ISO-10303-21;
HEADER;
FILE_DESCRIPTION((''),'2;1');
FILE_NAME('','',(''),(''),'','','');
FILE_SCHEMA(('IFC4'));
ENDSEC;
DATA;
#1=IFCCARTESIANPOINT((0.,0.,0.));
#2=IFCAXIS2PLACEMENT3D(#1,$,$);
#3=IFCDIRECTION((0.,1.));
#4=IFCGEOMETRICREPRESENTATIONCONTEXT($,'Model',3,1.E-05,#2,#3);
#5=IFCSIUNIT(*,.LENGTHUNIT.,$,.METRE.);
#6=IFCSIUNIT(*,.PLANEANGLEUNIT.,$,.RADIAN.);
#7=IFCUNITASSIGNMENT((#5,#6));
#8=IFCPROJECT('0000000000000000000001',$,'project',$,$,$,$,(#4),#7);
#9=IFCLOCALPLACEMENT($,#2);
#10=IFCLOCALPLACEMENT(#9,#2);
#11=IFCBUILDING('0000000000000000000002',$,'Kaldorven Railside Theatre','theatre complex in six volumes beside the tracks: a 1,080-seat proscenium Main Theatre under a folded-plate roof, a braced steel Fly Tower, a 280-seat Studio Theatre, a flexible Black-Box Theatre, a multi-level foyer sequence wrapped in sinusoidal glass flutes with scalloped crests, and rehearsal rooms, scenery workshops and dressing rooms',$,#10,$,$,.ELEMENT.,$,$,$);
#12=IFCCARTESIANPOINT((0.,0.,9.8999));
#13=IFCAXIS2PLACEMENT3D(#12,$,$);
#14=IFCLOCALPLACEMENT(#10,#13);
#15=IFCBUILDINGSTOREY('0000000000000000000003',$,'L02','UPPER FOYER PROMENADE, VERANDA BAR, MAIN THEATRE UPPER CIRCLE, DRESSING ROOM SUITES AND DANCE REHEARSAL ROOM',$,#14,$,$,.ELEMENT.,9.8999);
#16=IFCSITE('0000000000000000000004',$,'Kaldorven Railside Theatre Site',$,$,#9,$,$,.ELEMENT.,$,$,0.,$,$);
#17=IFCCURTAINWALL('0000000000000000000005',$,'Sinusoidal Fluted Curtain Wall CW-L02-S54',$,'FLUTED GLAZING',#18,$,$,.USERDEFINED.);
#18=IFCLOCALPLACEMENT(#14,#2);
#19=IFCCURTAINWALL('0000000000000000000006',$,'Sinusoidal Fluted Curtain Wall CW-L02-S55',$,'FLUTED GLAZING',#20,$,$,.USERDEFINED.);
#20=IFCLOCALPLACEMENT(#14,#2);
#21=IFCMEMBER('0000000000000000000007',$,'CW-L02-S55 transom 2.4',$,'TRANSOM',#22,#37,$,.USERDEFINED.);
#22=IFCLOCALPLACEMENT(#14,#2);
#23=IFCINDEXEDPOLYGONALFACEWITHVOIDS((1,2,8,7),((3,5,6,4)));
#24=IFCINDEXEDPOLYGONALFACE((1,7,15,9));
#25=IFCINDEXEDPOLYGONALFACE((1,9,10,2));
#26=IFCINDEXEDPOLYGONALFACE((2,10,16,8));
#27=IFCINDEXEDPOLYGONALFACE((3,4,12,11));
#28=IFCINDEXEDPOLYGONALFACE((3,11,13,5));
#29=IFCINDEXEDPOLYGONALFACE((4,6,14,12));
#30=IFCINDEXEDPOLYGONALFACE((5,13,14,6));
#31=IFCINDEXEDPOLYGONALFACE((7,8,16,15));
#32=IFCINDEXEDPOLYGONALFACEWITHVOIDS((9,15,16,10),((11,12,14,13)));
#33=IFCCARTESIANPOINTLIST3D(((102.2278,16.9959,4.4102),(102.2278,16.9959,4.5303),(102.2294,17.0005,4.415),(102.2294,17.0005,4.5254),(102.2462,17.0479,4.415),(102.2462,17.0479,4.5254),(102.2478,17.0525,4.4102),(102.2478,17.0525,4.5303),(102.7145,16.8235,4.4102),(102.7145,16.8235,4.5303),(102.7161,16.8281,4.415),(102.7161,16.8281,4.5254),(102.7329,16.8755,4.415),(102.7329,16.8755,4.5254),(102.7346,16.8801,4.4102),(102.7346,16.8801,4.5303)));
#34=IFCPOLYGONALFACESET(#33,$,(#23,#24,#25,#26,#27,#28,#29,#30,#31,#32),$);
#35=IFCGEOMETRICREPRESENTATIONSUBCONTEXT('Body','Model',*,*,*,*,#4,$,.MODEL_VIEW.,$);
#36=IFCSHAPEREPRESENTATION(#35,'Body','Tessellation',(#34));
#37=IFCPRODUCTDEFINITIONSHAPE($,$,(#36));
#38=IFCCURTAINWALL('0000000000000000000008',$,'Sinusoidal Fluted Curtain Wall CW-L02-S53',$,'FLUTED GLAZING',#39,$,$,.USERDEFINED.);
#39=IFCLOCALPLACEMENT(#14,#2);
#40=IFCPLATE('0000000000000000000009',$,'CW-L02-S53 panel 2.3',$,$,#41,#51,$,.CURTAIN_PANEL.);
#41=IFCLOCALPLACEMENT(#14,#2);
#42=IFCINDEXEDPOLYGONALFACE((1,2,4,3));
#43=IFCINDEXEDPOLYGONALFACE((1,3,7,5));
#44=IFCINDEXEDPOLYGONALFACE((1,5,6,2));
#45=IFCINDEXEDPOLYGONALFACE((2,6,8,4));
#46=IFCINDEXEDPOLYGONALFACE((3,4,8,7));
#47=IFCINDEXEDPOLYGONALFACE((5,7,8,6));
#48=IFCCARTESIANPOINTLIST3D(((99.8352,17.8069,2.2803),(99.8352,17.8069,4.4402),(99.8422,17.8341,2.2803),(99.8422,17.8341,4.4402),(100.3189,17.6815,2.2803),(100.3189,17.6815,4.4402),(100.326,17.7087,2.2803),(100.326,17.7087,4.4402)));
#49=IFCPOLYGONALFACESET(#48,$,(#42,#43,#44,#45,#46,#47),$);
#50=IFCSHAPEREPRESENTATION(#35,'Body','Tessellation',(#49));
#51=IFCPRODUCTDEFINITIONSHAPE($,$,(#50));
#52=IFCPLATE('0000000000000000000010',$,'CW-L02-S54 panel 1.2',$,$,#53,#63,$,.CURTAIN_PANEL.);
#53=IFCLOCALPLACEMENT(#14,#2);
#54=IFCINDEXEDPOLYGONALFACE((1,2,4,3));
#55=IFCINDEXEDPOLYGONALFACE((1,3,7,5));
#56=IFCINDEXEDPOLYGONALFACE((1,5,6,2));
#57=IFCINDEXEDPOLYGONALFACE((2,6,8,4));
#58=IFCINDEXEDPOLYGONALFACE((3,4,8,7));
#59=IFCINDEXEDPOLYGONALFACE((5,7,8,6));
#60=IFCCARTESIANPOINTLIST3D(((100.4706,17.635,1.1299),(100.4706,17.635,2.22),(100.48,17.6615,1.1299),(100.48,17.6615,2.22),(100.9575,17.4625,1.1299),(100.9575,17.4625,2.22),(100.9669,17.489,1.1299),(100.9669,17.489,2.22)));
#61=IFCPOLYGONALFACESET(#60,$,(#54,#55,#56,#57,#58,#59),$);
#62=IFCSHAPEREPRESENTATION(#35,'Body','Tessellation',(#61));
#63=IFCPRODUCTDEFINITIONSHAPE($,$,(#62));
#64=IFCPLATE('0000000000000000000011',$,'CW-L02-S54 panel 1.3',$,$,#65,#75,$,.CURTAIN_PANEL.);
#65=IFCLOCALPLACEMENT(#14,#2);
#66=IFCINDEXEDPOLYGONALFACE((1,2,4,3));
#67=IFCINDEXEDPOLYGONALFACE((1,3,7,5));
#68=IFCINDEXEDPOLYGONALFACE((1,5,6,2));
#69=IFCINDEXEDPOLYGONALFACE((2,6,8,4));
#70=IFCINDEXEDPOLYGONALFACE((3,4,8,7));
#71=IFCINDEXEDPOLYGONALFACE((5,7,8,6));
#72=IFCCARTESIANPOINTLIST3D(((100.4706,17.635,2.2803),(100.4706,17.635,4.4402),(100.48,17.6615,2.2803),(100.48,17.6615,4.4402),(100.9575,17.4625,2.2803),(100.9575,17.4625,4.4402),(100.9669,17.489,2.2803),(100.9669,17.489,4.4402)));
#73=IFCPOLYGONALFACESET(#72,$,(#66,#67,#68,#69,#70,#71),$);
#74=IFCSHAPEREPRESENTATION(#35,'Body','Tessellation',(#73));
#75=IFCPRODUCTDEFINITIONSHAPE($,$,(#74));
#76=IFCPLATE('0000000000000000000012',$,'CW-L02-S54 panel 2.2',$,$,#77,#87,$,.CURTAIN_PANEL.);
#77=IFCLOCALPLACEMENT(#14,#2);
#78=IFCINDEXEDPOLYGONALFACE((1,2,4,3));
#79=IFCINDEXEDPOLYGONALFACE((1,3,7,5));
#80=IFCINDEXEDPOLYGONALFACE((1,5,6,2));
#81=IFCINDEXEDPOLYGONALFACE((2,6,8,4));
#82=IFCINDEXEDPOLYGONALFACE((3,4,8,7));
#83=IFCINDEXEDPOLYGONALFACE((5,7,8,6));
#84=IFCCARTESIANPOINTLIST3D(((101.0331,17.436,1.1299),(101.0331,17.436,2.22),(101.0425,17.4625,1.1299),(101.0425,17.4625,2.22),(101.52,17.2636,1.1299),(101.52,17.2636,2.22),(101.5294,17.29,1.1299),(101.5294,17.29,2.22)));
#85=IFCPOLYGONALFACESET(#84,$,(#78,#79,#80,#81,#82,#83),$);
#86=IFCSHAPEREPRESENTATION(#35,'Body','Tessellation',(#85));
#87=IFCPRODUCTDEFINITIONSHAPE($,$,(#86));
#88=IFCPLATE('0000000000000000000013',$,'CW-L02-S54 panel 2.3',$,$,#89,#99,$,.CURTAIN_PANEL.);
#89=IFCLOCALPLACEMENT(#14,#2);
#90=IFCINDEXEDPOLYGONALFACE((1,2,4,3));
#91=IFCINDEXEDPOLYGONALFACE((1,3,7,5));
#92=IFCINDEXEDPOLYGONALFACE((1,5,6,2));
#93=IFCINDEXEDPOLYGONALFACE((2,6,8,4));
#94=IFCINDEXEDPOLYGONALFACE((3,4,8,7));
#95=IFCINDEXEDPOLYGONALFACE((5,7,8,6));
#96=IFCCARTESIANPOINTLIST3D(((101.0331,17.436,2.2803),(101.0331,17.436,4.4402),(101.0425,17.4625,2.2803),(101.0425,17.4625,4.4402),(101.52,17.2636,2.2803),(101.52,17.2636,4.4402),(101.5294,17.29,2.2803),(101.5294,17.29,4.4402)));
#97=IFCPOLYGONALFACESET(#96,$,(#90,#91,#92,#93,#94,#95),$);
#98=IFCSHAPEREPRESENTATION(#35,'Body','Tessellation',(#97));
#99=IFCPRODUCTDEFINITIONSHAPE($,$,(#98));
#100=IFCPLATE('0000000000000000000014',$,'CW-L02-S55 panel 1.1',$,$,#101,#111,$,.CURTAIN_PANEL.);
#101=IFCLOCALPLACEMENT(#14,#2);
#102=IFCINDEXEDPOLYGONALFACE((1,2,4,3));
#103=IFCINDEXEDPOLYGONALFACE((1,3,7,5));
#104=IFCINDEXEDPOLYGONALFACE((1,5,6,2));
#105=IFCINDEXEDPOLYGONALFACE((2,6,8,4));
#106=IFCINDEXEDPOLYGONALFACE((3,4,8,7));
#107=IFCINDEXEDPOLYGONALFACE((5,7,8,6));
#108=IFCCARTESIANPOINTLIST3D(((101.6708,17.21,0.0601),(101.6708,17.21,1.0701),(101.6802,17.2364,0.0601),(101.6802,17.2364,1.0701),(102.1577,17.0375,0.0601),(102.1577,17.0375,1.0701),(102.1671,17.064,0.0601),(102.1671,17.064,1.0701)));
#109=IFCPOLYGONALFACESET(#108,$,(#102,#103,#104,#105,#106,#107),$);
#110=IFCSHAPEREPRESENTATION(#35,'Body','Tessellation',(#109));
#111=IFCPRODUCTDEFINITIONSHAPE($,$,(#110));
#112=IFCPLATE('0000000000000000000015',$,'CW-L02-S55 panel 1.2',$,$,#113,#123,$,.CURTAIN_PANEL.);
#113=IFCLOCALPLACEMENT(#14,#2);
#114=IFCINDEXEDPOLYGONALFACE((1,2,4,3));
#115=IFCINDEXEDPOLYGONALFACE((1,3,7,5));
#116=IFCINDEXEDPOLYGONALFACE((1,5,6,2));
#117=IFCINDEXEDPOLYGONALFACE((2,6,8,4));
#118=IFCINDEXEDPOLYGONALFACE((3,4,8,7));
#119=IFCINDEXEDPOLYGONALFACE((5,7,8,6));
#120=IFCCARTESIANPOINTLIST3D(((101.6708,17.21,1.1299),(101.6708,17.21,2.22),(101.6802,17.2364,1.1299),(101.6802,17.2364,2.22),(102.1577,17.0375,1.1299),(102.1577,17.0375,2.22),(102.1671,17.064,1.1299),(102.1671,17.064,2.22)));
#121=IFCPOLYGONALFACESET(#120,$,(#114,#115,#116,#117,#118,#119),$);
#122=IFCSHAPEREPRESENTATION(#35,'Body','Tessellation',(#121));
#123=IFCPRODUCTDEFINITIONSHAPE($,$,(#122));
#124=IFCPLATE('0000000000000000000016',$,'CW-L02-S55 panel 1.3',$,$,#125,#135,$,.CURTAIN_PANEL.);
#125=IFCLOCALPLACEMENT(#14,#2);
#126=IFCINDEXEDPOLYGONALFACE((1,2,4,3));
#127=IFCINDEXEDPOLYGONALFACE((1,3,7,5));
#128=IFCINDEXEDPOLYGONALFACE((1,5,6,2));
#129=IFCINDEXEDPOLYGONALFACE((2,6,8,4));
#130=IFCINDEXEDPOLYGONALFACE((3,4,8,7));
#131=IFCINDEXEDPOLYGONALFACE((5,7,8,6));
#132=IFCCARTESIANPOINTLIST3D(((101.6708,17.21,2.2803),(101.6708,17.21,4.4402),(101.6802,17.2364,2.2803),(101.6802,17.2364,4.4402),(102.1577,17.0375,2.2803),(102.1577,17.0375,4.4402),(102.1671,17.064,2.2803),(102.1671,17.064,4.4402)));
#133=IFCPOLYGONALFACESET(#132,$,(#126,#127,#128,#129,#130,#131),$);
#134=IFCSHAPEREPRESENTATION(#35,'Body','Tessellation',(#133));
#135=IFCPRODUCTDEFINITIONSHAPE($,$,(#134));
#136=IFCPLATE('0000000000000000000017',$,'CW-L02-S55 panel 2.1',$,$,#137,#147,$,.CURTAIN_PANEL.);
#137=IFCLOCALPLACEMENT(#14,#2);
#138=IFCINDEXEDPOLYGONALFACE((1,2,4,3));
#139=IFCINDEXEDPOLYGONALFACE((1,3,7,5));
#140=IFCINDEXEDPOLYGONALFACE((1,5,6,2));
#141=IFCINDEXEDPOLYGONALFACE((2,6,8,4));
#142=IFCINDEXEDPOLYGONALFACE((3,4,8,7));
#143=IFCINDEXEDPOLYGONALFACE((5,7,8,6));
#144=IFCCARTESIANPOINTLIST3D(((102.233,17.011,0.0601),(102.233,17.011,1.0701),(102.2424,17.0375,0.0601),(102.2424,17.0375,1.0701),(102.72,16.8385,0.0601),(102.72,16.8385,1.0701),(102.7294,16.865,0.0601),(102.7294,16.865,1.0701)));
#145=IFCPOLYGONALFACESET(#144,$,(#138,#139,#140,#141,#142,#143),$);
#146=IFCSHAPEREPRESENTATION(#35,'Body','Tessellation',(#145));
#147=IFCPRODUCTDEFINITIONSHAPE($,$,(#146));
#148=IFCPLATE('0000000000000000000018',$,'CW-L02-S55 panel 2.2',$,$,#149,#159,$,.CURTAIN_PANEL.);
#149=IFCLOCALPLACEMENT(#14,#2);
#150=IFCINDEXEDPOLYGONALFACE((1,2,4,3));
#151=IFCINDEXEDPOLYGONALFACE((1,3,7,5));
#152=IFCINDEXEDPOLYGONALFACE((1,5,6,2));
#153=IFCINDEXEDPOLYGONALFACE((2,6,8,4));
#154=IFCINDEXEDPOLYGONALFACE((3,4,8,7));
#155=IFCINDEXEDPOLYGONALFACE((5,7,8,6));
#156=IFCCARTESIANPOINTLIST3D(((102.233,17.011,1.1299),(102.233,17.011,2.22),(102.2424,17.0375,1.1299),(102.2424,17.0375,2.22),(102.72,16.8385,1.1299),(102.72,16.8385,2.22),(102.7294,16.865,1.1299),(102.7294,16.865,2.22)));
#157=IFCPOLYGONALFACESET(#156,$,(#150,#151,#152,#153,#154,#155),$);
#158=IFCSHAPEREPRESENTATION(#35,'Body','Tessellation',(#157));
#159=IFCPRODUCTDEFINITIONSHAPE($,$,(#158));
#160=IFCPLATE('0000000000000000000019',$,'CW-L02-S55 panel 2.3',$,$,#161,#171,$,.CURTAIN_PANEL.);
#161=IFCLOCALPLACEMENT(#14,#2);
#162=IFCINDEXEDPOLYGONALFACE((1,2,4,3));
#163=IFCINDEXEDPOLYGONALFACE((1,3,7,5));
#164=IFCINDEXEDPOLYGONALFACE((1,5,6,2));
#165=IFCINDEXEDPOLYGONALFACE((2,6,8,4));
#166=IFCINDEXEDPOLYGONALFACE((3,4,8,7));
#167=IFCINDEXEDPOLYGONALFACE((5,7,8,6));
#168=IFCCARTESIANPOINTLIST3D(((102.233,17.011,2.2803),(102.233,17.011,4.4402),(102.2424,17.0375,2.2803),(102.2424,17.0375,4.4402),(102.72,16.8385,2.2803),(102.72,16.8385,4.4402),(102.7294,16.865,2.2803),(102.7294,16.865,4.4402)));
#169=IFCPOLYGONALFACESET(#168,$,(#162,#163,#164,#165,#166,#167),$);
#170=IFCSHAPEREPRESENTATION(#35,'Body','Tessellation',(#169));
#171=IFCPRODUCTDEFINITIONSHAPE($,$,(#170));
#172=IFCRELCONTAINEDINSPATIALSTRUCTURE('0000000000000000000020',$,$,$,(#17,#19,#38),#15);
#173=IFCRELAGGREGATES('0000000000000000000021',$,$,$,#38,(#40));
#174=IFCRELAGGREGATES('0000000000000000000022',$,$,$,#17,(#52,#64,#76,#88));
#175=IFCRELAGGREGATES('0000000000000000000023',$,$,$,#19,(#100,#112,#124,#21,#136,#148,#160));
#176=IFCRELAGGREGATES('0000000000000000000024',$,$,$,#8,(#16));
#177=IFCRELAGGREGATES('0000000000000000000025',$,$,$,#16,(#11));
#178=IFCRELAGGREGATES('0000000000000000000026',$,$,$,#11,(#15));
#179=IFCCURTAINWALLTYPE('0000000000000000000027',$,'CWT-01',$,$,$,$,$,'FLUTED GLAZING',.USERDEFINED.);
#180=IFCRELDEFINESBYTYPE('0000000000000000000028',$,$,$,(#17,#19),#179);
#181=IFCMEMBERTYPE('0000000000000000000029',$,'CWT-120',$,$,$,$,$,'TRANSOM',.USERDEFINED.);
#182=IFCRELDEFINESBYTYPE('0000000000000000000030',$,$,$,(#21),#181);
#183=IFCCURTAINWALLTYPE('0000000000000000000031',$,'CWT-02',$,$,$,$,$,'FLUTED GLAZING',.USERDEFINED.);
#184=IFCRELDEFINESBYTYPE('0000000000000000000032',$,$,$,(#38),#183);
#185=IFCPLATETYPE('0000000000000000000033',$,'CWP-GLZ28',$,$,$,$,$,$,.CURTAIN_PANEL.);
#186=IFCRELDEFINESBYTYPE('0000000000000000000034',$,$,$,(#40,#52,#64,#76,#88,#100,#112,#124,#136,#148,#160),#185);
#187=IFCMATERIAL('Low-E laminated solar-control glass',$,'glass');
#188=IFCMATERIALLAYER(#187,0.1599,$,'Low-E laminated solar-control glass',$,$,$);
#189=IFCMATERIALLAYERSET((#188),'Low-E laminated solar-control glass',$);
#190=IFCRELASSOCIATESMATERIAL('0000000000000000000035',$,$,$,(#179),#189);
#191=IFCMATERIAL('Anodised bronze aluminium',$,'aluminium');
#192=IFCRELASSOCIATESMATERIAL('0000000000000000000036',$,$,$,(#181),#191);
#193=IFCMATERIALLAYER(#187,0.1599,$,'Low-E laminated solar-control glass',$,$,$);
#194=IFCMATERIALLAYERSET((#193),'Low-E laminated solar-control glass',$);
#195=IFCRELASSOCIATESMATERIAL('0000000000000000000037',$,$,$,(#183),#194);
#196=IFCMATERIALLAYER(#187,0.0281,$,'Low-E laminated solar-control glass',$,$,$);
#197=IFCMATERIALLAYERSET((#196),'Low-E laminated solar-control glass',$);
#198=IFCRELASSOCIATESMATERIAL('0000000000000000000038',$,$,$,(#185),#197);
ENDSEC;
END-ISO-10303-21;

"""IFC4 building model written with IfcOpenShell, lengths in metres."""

from ifc_helpers import new_model, si_unit, direction, frame, origin, origin_2d, place, context, subcontext, project, spatial, rectangle, hollow_rectangle, extrude, material, layer, layer_set, material_profile, profile_set, type_object, element, aggregate, save


model = new_model("IFC4")

# Units and contexts
model_context = context("Model", 3, precision=1e-05, world=origin(), true_north=direction((0.0, 1.0)))
body_context = subcontext(model_context, "Body", "Model", "MODEL_VIEW")
ifc_project = project(units=[si_unit("LENGTHUNIT", "METRE"), si_unit("PLANEANGLEUNIT", "RADIAN")], contexts=[model_context])

# Site, building, storey
site_placement = place(None, origin())
site = spatial("IfcSite", under=ifc_project, at=site_placement, Name="Kaldorven Railside Theatre Site", CompositionType="ELEMENT", RefElevation=0.0)
building_placement = place(site_placement, origin())
building = spatial("IfcBuilding", under=site, at=building_placement, Name="Kaldorven Railside Theatre", Description="theatre complex in six volumes beside the tracks: a 1,080-seat proscenium Main Theatre under a folded-plate roof, a braced steel Fly Tower, a 280-seat Studio Theatre, a flexible Black-Box Theatre, a multi-level foyer sequence wrapped in sinusoidal glass flutes with scalloped crests, and rehearsal rooms, scenery workshops and dressing rooms", CompositionType="ELEMENT")
storey_placement = place(building_placement, frame((0.0, 0.0, 9.8999)))
storey = spatial("IfcBuildingStorey", under=building, at=storey_placement, Name="L02", Description="UPPER FOYER PROMENADE, VERANDA BAR, MAIN THEATRE UPPER CIRCLE, DRESSING ROOM SUITES AND DANCE REHEARSAL ROOM", CompositionType="ELEMENT", Elevation=9.8999)

# Curtain walls, member
ifc_material_1 = material(Name="Low-E laminated solar-control glass", Category="glass")
ifc_layer_1 = layer(ifc_material_1, 0.1599, Name="Low-E laminated solar-control glass")
ifc_layer_set_1 = layer_set([ifc_layer_1], Name="Low-E laminated solar-control glass")
curtain_wall_type_1 = type_object("IfcCurtainWallType", Name="CWT-01", ElementType="FLUTED GLAZING", PredefinedType="USERDEFINED", material=ifc_layer_set_1)
curtain_wall_1_placement = place(storey_placement, origin())
curtain_wall_1 = element("IfcCurtainWall", 1, at=curtain_wall_1_placement, inside=storey, type_object=curtain_wall_type_1, Name="Sinusoidal Fluted Curtain Wall CW-L02-S54", ObjectType="FLUTED GLAZING", PredefinedType="USERDEFINED")
ifc_material_2 = material(Name="Anodised bronze aluminium", Category="aluminium")
ifc_material_profile = material_profile(ifc_material_2, hollow_rectangle(XDim=0.0601, YDim=0.1201, WallThickness=0.0049, at=origin_2d()), Name="RHS 120x60x5")
ifc_profile_set = profile_set([ifc_material_profile], Name="Anodised bronze aluminium")
member_type = type_object("IfcMemberType", Name="CWT-120", ElementType="TRANSOM", PredefinedType="USERDEFINED", material=ifc_profile_set)
curtain_wall_2_placement = place(storey_placement, origin())
curtain_wall_2 = element("IfcCurtainWall", 2, at=curtain_wall_2_placement, inside=storey, type_object=curtain_wall_type_1, Name="Sinusoidal Fluted Curtain Wall CW-L02-S55", ObjectType="FLUTED GLAZING", PredefinedType="USERDEFINED")
member_1_placement = place(storey_placement, frame((102.2378, 17.0242, 4.4702), z_axis=(0.942658, -0.33376, 0.0), x_axis=(0.33376, 0.942658, 0.0)))
member_1 = element("IfcMember", 3, at=member_1_placement, type_object=member_type, Name="CW-L02-S55 transom 2.4", ObjectType="TRANSOM", PredefinedType="USERDEFINED", context=body_context, shape_type="SweptSolid", body=[
    extrude(hollow_rectangle(XDim=0.0601, YDim=0.1201, WallThickness=0.0049, at=origin_2d()), origin(), (0.0, 0.0, 1.0), 0.5164),
])

# Curtain wall, plate
ifc_layer_2 = layer(ifc_material_1, 0.1599, Name="Low-E laminated solar-control glass")
ifc_layer_set_2 = layer_set([ifc_layer_2], Name="Low-E laminated solar-control glass")
curtain_wall_type_2 = type_object("IfcCurtainWallType", Name="CWT-02", ElementType="FLUTED GLAZING", PredefinedType="USERDEFINED", material=ifc_layer_set_2)
curtain_wall_3_placement = place(storey_placement, origin())
curtain_wall_3 = element("IfcCurtainWall", 4, at=curtain_wall_3_placement, inside=storey, type_object=curtain_wall_type_2, Name="Sinusoidal Fluted Curtain Wall CW-L02-S53", ObjectType="FLUTED GLAZING", PredefinedType="USERDEFINED")
ifc_layer_3 = layer(ifc_material_1, 0.0281, Name="Low-E laminated solar-control glass")
ifc_layer_set_3 = layer_set([ifc_layer_3], Name="Low-E laminated solar-control glass")
plate_type = type_object("IfcPlateType", Name="CWP-GLZ28", PredefinedType="CURTAIN_PANEL", material=ifc_layer_set_3)
plate_1_placement = place(storey_placement, frame((100.0806, 17.7578, 2.2803), z_axis=(0.0, 0.0, 1.0), x_axis=(0.967999, -0.250954, 0.0)))
plate_1 = element("IfcPlate", 5, at=plate_1_placement, type_object=plate_type, Name="CW-L02-S53 panel 2.3", PredefinedType="CURTAIN_PANEL", context=body_context, shape_type="SweptSolid", body=[
    extrude(rectangle(XDim=0.4998, YDim=0.0281, at=origin_2d()), origin(), (0.0, 0.0, 1.0), 2.1599),
])
aggregate(curtain_wall_3, [plate_1])

# Plates
plate_2_placement = place(storey_placement, frame((100.7188, 17.562, 1.1299), z_axis=(0.0, 0.0, 1.0), x_axis=(0.942627, -0.333847, 0.0)))
plate_2 = element("IfcPlate", 6, at=plate_2_placement, type_object=plate_type, Name="CW-L02-S54 panel 1.2", PredefinedType="CURTAIN_PANEL", context=body_context, shape_type="SweptSolid", body=[
    extrude(rectangle(XDim=0.5166, YDim=0.0281, at=origin_2d()), origin(), (0.0, 0.0, 1.0), 1.0901),
])
plate_3_placement = place(storey_placement, frame((100.7188, 17.562, 2.2803), z_axis=(0.0, 0.0, 1.0), x_axis=(0.942627, -0.333847, 0.0)))
plate_3 = element("IfcPlate", 7, at=plate_3_placement, type_object=plate_type, Name="CW-L02-S54 panel 1.3", PredefinedType="CURTAIN_PANEL", context=body_context, shape_type="SweptSolid", body=[
    extrude(rectangle(XDim=0.5166, YDim=0.0281, at=origin_2d()), origin(), (0.0, 0.0, 1.0), 2.1599),
])
plate_4_placement = place(storey_placement, frame((101.2812, 17.363, 1.1299), z_axis=(0.0, 0.0, 1.0), x_axis=(0.942627, -0.333847, 0.0)))
plate_4 = element("IfcPlate", 8, at=plate_4_placement, type_object=plate_type, Name="CW-L02-S54 panel 2.2", PredefinedType="CURTAIN_PANEL", context=body_context, shape_type="SweptSolid", body=[
    extrude(rectangle(XDim=0.5166, YDim=0.0281, at=origin_2d()), origin(), (0.0, 0.0, 1.0), 1.0901),
])
plate_5_placement = place(storey_placement, frame((101.2812, 17.363, 2.2803), z_axis=(0.0, 0.0, 1.0), x_axis=(0.942627, -0.333847, 0.0)))
plate_5 = element("IfcPlate", 9, at=plate_5_placement, type_object=plate_type, Name="CW-L02-S54 panel 2.3", PredefinedType="CURTAIN_PANEL", context=body_context, shape_type="SweptSolid", body=[
    extrude(rectangle(XDim=0.5166, YDim=0.0281, at=origin_2d()), origin(), (0.0, 0.0, 1.0), 2.1599),
])
aggregate(curtain_wall_1, [plate_2, plate_3, plate_4, plate_5])
plate_6_placement = place(storey_placement, frame((101.9189, 17.137, 0.0601), z_axis=(0.0, 0.0, 1.0), x_axis=(0.942627, -0.333847, 0.0)))
plate_6 = element("IfcPlate", 10, at=plate_6_placement, type_object=plate_type, Name="CW-L02-S55 panel 1.1", PredefinedType="CURTAIN_PANEL", context=body_context, shape_type="SweptSolid", body=[
    extrude(rectangle(XDim=0.5166, YDim=0.0281, at=origin_2d()), origin(), (0.0, 0.0, 1.0), 1.01),
])
plate_7_placement = place(storey_placement, frame((101.9189, 17.137, 1.1299), z_axis=(0.0, 0.0, 1.0), x_axis=(0.942627, -0.333847, 0.0)))
plate_7 = element("IfcPlate", 11, at=plate_7_placement, type_object=plate_type, Name="CW-L02-S55 panel 1.2", PredefinedType="CURTAIN_PANEL", context=body_context, shape_type="SweptSolid", body=[
    extrude(rectangle(XDim=0.5166, YDim=0.0281, at=origin_2d()), origin(), (0.0, 0.0, 1.0), 1.0901),
])
plate_8_placement = place(storey_placement, frame((101.9189, 17.137, 2.2803), z_axis=(0.0, 0.0, 1.0), x_axis=(0.942627, -0.333847, 0.0)))
plate_8 = element("IfcPlate", 12, at=plate_8_placement, type_object=plate_type, Name="CW-L02-S55 panel 1.3", PredefinedType="CURTAIN_PANEL", context=body_context, shape_type="SweptSolid", body=[
    extrude(rectangle(XDim=0.5166, YDim=0.0281, at=origin_2d()), origin(), (0.0, 0.0, 1.0), 2.1599),
])
plate_9_placement = place(storey_placement, frame((102.4812, 16.938, 0.0601), z_axis=(0.0, 0.0, 1.0), x_axis=(0.942627, -0.333847, 0.0)))
plate_9 = element("IfcPlate", 13, at=plate_9_placement, type_object=plate_type, Name="CW-L02-S55 panel 2.1", PredefinedType="CURTAIN_PANEL", context=body_context, shape_type="SweptSolid", body=[
    extrude(rectangle(XDim=0.5166, YDim=0.0281, at=origin_2d()), origin(), (0.0, 0.0, 1.0), 1.01),
])
plate_10_placement = place(storey_placement, frame((102.4812, 16.938, 1.1299), z_axis=(0.0, 0.0, 1.0), x_axis=(0.942627, -0.333847, 0.0)))
plate_10 = element("IfcPlate", 14, at=plate_10_placement, type_object=plate_type, Name="CW-L02-S55 panel 2.2", PredefinedType="CURTAIN_PANEL", context=body_context, shape_type="SweptSolid", body=[
    extrude(rectangle(XDim=0.5166, YDim=0.0281, at=origin_2d()), origin(), (0.0, 0.0, 1.0), 1.0901),
])
plate_11_placement = place(storey_placement, frame((102.4812, 16.938, 2.2803), z_axis=(0.0, 0.0, 1.0), x_axis=(0.942627, -0.333847, 0.0)))
plate_11 = element("IfcPlate", 15, at=plate_11_placement, type_object=plate_type, Name="CW-L02-S55 panel 2.3", PredefinedType="CURTAIN_PANEL", context=body_context, shape_type="SweptSolid", body=[
    extrude(rectangle(XDim=0.5166, YDim=0.0281, at=origin_2d()), origin(), (0.0, 0.0, 1.0), 2.1599),
])
aggregate(curtain_wall_2, [plate_6, plate_7, plate_8, member_1, plate_9, plate_10, plate_11])

save(model, "model.ifc")
